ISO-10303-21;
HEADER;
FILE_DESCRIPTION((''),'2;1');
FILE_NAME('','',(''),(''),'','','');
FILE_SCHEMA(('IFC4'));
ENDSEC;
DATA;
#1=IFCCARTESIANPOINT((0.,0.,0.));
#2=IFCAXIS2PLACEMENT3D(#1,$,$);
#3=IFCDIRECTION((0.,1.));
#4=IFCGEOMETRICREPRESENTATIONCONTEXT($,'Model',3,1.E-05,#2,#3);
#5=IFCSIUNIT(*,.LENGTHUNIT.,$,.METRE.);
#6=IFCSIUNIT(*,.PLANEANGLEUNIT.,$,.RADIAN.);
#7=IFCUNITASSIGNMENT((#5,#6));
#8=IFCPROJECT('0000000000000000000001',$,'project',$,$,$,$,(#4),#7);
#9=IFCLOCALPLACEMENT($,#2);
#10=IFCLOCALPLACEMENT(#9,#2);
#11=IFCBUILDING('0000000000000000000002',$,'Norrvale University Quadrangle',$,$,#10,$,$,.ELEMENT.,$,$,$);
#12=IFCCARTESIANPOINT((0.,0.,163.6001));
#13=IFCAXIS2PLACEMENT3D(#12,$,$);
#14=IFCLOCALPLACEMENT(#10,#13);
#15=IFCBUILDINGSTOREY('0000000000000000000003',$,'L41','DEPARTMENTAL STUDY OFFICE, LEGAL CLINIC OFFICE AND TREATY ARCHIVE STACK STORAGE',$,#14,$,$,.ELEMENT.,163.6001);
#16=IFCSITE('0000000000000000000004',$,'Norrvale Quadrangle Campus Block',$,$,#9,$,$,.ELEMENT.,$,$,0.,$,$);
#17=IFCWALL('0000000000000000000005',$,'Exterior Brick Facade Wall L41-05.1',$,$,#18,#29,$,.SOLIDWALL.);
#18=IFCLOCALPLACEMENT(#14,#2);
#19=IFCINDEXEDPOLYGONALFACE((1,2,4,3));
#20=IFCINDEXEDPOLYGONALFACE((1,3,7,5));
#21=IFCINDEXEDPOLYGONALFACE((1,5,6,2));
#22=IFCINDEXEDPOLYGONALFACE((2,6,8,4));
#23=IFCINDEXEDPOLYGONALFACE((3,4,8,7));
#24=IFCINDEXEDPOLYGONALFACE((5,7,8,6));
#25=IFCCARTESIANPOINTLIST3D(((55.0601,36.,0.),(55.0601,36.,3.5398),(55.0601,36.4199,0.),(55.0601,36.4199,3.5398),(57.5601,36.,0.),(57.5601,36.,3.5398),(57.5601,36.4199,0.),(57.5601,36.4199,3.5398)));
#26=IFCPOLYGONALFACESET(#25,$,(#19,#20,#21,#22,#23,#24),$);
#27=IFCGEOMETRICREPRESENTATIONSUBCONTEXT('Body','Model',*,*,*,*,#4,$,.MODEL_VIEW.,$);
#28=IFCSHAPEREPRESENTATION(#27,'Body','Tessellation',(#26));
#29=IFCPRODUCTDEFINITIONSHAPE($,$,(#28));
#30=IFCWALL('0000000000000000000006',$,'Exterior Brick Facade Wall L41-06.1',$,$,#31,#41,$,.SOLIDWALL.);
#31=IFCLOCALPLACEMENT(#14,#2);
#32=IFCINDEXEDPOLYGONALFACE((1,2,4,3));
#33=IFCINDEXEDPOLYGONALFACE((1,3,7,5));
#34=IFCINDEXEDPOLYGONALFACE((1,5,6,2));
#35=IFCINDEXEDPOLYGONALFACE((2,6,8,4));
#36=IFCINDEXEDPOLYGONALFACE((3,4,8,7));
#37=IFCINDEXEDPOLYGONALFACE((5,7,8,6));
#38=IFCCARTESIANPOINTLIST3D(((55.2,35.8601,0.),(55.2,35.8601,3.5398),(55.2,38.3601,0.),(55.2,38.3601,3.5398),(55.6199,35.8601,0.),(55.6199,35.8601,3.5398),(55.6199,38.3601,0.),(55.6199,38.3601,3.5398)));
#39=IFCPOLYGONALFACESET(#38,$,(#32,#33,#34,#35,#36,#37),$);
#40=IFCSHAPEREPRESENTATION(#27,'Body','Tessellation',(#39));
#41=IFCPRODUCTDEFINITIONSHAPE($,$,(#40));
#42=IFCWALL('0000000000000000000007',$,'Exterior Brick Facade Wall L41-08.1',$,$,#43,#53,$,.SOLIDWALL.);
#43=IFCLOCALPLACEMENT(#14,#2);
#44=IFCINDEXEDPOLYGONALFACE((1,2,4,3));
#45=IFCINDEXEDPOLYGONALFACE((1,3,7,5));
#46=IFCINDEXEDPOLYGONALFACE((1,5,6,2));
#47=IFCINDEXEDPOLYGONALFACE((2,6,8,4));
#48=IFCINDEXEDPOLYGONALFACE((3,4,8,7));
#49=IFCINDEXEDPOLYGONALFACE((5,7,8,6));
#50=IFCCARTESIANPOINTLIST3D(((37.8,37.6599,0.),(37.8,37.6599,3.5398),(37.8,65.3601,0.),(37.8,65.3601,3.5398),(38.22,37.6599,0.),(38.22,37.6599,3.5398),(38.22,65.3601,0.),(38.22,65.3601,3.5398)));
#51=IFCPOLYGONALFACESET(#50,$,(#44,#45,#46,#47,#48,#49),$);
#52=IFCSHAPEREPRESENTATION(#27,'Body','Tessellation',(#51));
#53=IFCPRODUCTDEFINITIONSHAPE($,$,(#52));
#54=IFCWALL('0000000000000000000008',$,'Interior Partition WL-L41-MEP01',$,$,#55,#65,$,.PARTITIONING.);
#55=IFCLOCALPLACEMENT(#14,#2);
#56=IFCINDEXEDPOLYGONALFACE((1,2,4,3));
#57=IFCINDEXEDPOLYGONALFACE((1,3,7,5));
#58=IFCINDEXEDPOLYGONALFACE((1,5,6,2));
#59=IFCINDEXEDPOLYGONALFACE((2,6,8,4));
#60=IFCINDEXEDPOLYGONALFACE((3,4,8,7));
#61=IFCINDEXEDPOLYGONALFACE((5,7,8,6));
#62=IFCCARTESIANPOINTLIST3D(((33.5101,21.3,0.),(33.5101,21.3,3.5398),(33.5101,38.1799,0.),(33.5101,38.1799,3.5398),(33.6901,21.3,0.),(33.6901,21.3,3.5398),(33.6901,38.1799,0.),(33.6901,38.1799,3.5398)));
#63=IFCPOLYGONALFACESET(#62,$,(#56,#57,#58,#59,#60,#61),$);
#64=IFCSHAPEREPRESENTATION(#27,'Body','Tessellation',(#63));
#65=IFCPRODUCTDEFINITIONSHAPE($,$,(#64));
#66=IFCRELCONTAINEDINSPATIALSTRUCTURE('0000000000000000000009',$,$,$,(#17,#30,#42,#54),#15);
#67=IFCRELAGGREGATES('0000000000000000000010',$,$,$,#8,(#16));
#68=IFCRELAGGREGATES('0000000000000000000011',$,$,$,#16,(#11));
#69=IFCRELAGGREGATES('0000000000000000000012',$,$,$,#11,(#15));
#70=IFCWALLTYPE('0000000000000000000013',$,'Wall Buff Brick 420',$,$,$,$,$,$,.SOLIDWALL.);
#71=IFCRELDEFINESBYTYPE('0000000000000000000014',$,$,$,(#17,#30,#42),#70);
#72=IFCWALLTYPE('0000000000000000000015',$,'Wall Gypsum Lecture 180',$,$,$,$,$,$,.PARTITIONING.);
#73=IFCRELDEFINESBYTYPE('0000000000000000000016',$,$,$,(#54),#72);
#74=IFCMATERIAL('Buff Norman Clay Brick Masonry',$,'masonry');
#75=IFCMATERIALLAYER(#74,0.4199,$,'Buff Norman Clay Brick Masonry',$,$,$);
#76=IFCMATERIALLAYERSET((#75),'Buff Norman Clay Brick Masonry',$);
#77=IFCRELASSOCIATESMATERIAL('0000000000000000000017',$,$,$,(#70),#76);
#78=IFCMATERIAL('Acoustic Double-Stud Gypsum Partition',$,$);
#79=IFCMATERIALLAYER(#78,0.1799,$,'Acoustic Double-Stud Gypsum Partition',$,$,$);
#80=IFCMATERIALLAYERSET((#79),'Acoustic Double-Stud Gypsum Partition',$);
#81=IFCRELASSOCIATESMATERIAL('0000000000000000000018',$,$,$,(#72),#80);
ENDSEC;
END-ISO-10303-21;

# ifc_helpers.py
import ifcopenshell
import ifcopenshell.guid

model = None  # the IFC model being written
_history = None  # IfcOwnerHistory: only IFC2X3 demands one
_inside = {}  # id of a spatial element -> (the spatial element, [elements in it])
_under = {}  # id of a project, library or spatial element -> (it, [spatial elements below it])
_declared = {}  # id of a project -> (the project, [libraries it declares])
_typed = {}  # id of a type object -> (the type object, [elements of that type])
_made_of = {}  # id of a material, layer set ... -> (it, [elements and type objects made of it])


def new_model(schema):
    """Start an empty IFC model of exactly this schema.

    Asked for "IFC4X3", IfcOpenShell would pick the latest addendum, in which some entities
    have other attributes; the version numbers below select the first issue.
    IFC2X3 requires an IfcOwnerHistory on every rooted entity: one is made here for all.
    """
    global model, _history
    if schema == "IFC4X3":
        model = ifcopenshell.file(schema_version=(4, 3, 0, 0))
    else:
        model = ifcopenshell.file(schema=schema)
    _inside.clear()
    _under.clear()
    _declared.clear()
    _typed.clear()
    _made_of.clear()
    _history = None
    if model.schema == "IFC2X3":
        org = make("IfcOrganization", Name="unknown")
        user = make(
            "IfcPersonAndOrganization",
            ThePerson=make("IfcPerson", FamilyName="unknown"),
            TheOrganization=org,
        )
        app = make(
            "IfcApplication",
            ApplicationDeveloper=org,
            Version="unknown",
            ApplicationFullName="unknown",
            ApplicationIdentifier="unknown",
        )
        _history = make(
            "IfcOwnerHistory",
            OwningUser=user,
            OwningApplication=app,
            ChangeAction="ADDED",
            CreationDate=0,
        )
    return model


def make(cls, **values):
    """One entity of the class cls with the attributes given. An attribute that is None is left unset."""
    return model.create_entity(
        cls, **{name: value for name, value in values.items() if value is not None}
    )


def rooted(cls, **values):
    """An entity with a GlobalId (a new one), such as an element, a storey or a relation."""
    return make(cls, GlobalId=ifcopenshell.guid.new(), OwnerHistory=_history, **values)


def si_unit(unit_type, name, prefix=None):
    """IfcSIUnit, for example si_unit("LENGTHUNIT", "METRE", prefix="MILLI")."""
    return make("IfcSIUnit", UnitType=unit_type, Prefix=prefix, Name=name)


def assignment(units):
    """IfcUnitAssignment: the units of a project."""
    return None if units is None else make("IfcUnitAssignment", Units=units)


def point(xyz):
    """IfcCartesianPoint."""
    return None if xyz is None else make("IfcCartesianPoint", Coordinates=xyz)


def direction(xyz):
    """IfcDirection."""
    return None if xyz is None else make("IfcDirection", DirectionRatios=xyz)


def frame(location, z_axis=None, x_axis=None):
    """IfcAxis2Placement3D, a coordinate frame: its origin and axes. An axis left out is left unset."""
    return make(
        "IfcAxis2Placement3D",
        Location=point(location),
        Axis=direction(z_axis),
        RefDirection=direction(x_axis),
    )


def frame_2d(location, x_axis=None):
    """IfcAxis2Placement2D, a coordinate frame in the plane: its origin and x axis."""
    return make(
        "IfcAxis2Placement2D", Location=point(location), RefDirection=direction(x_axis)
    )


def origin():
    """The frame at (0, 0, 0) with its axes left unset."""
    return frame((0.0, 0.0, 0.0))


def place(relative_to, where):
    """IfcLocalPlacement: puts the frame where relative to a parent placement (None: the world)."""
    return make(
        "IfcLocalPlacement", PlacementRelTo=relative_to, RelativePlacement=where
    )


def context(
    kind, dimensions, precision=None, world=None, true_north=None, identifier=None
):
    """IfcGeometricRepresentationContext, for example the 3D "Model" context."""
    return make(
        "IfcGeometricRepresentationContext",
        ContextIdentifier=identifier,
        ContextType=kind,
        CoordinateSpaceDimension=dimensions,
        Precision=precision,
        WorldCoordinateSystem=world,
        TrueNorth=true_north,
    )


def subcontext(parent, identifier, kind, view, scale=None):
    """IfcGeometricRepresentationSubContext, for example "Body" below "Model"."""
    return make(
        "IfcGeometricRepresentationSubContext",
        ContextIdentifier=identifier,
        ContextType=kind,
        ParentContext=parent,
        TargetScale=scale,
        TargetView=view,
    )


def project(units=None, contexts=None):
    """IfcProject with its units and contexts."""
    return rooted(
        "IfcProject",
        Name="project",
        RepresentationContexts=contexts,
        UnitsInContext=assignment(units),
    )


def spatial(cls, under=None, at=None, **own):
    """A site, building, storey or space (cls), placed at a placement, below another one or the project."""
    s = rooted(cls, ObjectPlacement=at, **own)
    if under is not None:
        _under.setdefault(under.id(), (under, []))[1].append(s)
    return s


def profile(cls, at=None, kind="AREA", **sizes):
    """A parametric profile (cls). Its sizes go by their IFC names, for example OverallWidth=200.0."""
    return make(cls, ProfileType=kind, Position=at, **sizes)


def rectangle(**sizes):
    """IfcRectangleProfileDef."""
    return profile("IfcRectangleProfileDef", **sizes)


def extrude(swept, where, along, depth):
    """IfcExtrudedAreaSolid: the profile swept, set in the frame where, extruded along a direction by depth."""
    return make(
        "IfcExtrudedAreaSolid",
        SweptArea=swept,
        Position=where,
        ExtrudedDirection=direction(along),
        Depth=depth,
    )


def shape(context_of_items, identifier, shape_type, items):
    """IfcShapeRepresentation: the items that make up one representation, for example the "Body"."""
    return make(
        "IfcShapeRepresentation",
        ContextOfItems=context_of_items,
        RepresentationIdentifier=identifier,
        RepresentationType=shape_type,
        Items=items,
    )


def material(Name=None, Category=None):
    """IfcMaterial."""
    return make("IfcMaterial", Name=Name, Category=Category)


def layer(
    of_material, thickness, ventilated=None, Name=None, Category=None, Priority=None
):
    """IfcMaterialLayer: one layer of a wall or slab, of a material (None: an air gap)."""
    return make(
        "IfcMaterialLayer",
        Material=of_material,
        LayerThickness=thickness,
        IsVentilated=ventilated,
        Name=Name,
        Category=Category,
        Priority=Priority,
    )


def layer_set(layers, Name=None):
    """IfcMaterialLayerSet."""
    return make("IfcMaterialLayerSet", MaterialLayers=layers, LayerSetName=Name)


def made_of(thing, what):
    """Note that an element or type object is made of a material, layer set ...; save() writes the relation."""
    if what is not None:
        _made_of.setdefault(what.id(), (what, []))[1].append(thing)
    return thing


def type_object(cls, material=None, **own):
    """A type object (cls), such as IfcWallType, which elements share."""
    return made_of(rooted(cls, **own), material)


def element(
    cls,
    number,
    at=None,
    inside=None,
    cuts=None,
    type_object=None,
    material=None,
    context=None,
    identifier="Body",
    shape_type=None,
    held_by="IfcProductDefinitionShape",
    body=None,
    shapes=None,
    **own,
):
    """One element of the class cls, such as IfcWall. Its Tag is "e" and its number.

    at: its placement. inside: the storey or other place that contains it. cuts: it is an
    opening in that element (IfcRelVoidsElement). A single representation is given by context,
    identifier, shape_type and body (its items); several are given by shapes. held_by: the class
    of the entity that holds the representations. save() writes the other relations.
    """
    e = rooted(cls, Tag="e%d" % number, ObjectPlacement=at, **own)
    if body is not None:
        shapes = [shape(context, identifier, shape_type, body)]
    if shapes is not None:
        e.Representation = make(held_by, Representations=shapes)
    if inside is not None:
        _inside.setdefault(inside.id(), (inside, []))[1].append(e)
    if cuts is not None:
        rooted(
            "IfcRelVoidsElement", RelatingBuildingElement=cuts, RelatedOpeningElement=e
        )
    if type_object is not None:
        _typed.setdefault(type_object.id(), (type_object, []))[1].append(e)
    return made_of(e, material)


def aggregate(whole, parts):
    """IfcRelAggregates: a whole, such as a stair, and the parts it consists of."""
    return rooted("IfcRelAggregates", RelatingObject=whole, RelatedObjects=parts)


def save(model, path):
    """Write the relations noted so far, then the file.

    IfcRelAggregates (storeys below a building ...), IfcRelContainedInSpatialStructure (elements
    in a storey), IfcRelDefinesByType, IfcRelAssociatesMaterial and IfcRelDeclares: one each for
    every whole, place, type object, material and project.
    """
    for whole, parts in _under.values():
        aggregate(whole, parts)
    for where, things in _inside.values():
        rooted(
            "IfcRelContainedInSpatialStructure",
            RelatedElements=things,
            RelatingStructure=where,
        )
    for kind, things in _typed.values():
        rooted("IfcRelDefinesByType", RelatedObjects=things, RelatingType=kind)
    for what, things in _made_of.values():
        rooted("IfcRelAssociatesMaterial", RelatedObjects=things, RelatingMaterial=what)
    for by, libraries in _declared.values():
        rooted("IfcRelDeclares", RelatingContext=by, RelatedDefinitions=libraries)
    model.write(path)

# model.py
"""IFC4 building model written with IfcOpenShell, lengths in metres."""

from ifc_helpers import new_model, si_unit, direction, frame, frame_2d, origin, place, context, subcontext, project, spatial, rectangle, extrude, material, layer, layer_set, type_object, element, save


model = new_model("IFC4")

# Units and contexts
model_context = context("Model", 3, precision=1e-05, world=origin(), true_north=direction((0.0, 1.0)))
body_context = subcontext(model_context, "Body", "Model", "MODEL_VIEW")
ifc_project = project(units=[si_unit("LENGTHUNIT", "METRE"), si_unit("PLANEANGLEUNIT", "RADIAN")], contexts=[model_context])

# Site, building, storey
site_placement = place(None, origin())
site = spatial("IfcSite", under=ifc_project, at=site_placement, Name="Norrvale Quadrangle Campus Block", CompositionType="ELEMENT", RefElevation=0.0)
building_placement = place(site_placement, origin())
building = spatial("IfcBuilding", under=site, at=building_placement, Name="Norrvale University Quadrangle", CompositionType="ELEMENT")
storey_placement = place(building_placement, frame((0.0, 0.0, 163.6001)))
storey = spatial("IfcBuildingStorey", under=building, at=storey_placement, Name="L41", Description="DEPARTMENTAL STUDY OFFICE, LEGAL CLINIC OFFICE AND TREATY ARCHIVE STACK STORAGE", CompositionType="ELEMENT", Elevation=163.6001)

# Walls
ifc_material_1 = material(Name="Buff Norman Clay Brick Masonry", Category="masonry")
ifc_layer_1 = layer(ifc_material_1, 0.4199, Name="Buff Norman Clay Brick Masonry")
ifc_layer_set_1 = layer_set([ifc_layer_1], Name="Buff Norman Clay Brick Masonry")
wall_type_1 = type_object("IfcWallType", Name="Wall Buff Brick 420", PredefinedType="SOLIDWALL", material=ifc_layer_set_1)
for number, where, z_axis, x_axis, name in (
    (1, (57.5601, 36.21, 0.0), (0.0, 0.0, 1.0), (-1.0, 0.0, 0.0), "Exterior Brick Facade Wall L41-05.1"),
    (2, (55.4099, 35.8601, 0.0), (0.0, 0.0, 1.0), (0.0, 1.0, 0.0), "Exterior Brick Facade Wall L41-06.1"),
):
    element("IfcWall", number, at=place(storey_placement, frame(where, z_axis=z_axis, x_axis=x_axis)), inside=storey, type_object=wall_type_1, Name=name, PredefinedType="SOLIDWALL", context=body_context, shape_type="SweptSolid", body=[
        extrude(rectangle(XDim=2.5, YDim=0.4199, at=frame_2d((1.25, 0.0))), origin(), (0.0, 0.0, 1.0), 3.5398),
    ])
wall_1_placement = place(storey_placement, frame((38.01, 37.6599, 0.0), z_axis=(0.0, 0.0, 1.0), x_axis=(0.0, 1.0, 0.0)))
element("IfcWall", 3, at=wall_1_placement, inside=storey, type_object=wall_type_1, Name="Exterior Brick Facade Wall L41-08.1", PredefinedType="SOLIDWALL", context=body_context, shape_type="SweptSolid", body=[
    extrude(rectangle(XDim=27.7002, YDim=0.4199, at=frame_2d((13.8501, 0.0))), origin(), (0.0, 0.0, 1.0), 3.5398),
])
ifc_material_2 = material(Name="Acoustic Double-Stud Gypsum Partition")
ifc_layer_2 = layer(ifc_material_2, 0.1799, Name="Acoustic Double-Stud Gypsum Partition")
ifc_layer_set_2 = layer_set([ifc_layer_2], Name="Acoustic Double-Stud Gypsum Partition")
wall_type_2 = type_object("IfcWallType", Name="Wall Gypsum Lecture 180", PredefinedType="PARTITIONING", material=ifc_layer_set_2)
wall_2_placement = place(storey_placement, frame((33.6001, 21.3, 0.0), z_axis=(0.0, 0.0, 1.0), x_axis=(0.0, 1.0, 0.0)))
element("IfcWall", 4, at=wall_2_placement, inside=storey, type_object=wall_type_2, Name="Interior Partition WL-L41-MEP01", PredefinedType="PARTITIONING", context=body_context, shape_type="SweptSolid", body=[
    extrude(rectangle(XDim=16.8799, YDim=0.1799, at=frame_2d((8.4399, 0.0))), origin(), (0.0, 0.0, 1.0), 3.5398),
])

save(model, "model.ifc")
